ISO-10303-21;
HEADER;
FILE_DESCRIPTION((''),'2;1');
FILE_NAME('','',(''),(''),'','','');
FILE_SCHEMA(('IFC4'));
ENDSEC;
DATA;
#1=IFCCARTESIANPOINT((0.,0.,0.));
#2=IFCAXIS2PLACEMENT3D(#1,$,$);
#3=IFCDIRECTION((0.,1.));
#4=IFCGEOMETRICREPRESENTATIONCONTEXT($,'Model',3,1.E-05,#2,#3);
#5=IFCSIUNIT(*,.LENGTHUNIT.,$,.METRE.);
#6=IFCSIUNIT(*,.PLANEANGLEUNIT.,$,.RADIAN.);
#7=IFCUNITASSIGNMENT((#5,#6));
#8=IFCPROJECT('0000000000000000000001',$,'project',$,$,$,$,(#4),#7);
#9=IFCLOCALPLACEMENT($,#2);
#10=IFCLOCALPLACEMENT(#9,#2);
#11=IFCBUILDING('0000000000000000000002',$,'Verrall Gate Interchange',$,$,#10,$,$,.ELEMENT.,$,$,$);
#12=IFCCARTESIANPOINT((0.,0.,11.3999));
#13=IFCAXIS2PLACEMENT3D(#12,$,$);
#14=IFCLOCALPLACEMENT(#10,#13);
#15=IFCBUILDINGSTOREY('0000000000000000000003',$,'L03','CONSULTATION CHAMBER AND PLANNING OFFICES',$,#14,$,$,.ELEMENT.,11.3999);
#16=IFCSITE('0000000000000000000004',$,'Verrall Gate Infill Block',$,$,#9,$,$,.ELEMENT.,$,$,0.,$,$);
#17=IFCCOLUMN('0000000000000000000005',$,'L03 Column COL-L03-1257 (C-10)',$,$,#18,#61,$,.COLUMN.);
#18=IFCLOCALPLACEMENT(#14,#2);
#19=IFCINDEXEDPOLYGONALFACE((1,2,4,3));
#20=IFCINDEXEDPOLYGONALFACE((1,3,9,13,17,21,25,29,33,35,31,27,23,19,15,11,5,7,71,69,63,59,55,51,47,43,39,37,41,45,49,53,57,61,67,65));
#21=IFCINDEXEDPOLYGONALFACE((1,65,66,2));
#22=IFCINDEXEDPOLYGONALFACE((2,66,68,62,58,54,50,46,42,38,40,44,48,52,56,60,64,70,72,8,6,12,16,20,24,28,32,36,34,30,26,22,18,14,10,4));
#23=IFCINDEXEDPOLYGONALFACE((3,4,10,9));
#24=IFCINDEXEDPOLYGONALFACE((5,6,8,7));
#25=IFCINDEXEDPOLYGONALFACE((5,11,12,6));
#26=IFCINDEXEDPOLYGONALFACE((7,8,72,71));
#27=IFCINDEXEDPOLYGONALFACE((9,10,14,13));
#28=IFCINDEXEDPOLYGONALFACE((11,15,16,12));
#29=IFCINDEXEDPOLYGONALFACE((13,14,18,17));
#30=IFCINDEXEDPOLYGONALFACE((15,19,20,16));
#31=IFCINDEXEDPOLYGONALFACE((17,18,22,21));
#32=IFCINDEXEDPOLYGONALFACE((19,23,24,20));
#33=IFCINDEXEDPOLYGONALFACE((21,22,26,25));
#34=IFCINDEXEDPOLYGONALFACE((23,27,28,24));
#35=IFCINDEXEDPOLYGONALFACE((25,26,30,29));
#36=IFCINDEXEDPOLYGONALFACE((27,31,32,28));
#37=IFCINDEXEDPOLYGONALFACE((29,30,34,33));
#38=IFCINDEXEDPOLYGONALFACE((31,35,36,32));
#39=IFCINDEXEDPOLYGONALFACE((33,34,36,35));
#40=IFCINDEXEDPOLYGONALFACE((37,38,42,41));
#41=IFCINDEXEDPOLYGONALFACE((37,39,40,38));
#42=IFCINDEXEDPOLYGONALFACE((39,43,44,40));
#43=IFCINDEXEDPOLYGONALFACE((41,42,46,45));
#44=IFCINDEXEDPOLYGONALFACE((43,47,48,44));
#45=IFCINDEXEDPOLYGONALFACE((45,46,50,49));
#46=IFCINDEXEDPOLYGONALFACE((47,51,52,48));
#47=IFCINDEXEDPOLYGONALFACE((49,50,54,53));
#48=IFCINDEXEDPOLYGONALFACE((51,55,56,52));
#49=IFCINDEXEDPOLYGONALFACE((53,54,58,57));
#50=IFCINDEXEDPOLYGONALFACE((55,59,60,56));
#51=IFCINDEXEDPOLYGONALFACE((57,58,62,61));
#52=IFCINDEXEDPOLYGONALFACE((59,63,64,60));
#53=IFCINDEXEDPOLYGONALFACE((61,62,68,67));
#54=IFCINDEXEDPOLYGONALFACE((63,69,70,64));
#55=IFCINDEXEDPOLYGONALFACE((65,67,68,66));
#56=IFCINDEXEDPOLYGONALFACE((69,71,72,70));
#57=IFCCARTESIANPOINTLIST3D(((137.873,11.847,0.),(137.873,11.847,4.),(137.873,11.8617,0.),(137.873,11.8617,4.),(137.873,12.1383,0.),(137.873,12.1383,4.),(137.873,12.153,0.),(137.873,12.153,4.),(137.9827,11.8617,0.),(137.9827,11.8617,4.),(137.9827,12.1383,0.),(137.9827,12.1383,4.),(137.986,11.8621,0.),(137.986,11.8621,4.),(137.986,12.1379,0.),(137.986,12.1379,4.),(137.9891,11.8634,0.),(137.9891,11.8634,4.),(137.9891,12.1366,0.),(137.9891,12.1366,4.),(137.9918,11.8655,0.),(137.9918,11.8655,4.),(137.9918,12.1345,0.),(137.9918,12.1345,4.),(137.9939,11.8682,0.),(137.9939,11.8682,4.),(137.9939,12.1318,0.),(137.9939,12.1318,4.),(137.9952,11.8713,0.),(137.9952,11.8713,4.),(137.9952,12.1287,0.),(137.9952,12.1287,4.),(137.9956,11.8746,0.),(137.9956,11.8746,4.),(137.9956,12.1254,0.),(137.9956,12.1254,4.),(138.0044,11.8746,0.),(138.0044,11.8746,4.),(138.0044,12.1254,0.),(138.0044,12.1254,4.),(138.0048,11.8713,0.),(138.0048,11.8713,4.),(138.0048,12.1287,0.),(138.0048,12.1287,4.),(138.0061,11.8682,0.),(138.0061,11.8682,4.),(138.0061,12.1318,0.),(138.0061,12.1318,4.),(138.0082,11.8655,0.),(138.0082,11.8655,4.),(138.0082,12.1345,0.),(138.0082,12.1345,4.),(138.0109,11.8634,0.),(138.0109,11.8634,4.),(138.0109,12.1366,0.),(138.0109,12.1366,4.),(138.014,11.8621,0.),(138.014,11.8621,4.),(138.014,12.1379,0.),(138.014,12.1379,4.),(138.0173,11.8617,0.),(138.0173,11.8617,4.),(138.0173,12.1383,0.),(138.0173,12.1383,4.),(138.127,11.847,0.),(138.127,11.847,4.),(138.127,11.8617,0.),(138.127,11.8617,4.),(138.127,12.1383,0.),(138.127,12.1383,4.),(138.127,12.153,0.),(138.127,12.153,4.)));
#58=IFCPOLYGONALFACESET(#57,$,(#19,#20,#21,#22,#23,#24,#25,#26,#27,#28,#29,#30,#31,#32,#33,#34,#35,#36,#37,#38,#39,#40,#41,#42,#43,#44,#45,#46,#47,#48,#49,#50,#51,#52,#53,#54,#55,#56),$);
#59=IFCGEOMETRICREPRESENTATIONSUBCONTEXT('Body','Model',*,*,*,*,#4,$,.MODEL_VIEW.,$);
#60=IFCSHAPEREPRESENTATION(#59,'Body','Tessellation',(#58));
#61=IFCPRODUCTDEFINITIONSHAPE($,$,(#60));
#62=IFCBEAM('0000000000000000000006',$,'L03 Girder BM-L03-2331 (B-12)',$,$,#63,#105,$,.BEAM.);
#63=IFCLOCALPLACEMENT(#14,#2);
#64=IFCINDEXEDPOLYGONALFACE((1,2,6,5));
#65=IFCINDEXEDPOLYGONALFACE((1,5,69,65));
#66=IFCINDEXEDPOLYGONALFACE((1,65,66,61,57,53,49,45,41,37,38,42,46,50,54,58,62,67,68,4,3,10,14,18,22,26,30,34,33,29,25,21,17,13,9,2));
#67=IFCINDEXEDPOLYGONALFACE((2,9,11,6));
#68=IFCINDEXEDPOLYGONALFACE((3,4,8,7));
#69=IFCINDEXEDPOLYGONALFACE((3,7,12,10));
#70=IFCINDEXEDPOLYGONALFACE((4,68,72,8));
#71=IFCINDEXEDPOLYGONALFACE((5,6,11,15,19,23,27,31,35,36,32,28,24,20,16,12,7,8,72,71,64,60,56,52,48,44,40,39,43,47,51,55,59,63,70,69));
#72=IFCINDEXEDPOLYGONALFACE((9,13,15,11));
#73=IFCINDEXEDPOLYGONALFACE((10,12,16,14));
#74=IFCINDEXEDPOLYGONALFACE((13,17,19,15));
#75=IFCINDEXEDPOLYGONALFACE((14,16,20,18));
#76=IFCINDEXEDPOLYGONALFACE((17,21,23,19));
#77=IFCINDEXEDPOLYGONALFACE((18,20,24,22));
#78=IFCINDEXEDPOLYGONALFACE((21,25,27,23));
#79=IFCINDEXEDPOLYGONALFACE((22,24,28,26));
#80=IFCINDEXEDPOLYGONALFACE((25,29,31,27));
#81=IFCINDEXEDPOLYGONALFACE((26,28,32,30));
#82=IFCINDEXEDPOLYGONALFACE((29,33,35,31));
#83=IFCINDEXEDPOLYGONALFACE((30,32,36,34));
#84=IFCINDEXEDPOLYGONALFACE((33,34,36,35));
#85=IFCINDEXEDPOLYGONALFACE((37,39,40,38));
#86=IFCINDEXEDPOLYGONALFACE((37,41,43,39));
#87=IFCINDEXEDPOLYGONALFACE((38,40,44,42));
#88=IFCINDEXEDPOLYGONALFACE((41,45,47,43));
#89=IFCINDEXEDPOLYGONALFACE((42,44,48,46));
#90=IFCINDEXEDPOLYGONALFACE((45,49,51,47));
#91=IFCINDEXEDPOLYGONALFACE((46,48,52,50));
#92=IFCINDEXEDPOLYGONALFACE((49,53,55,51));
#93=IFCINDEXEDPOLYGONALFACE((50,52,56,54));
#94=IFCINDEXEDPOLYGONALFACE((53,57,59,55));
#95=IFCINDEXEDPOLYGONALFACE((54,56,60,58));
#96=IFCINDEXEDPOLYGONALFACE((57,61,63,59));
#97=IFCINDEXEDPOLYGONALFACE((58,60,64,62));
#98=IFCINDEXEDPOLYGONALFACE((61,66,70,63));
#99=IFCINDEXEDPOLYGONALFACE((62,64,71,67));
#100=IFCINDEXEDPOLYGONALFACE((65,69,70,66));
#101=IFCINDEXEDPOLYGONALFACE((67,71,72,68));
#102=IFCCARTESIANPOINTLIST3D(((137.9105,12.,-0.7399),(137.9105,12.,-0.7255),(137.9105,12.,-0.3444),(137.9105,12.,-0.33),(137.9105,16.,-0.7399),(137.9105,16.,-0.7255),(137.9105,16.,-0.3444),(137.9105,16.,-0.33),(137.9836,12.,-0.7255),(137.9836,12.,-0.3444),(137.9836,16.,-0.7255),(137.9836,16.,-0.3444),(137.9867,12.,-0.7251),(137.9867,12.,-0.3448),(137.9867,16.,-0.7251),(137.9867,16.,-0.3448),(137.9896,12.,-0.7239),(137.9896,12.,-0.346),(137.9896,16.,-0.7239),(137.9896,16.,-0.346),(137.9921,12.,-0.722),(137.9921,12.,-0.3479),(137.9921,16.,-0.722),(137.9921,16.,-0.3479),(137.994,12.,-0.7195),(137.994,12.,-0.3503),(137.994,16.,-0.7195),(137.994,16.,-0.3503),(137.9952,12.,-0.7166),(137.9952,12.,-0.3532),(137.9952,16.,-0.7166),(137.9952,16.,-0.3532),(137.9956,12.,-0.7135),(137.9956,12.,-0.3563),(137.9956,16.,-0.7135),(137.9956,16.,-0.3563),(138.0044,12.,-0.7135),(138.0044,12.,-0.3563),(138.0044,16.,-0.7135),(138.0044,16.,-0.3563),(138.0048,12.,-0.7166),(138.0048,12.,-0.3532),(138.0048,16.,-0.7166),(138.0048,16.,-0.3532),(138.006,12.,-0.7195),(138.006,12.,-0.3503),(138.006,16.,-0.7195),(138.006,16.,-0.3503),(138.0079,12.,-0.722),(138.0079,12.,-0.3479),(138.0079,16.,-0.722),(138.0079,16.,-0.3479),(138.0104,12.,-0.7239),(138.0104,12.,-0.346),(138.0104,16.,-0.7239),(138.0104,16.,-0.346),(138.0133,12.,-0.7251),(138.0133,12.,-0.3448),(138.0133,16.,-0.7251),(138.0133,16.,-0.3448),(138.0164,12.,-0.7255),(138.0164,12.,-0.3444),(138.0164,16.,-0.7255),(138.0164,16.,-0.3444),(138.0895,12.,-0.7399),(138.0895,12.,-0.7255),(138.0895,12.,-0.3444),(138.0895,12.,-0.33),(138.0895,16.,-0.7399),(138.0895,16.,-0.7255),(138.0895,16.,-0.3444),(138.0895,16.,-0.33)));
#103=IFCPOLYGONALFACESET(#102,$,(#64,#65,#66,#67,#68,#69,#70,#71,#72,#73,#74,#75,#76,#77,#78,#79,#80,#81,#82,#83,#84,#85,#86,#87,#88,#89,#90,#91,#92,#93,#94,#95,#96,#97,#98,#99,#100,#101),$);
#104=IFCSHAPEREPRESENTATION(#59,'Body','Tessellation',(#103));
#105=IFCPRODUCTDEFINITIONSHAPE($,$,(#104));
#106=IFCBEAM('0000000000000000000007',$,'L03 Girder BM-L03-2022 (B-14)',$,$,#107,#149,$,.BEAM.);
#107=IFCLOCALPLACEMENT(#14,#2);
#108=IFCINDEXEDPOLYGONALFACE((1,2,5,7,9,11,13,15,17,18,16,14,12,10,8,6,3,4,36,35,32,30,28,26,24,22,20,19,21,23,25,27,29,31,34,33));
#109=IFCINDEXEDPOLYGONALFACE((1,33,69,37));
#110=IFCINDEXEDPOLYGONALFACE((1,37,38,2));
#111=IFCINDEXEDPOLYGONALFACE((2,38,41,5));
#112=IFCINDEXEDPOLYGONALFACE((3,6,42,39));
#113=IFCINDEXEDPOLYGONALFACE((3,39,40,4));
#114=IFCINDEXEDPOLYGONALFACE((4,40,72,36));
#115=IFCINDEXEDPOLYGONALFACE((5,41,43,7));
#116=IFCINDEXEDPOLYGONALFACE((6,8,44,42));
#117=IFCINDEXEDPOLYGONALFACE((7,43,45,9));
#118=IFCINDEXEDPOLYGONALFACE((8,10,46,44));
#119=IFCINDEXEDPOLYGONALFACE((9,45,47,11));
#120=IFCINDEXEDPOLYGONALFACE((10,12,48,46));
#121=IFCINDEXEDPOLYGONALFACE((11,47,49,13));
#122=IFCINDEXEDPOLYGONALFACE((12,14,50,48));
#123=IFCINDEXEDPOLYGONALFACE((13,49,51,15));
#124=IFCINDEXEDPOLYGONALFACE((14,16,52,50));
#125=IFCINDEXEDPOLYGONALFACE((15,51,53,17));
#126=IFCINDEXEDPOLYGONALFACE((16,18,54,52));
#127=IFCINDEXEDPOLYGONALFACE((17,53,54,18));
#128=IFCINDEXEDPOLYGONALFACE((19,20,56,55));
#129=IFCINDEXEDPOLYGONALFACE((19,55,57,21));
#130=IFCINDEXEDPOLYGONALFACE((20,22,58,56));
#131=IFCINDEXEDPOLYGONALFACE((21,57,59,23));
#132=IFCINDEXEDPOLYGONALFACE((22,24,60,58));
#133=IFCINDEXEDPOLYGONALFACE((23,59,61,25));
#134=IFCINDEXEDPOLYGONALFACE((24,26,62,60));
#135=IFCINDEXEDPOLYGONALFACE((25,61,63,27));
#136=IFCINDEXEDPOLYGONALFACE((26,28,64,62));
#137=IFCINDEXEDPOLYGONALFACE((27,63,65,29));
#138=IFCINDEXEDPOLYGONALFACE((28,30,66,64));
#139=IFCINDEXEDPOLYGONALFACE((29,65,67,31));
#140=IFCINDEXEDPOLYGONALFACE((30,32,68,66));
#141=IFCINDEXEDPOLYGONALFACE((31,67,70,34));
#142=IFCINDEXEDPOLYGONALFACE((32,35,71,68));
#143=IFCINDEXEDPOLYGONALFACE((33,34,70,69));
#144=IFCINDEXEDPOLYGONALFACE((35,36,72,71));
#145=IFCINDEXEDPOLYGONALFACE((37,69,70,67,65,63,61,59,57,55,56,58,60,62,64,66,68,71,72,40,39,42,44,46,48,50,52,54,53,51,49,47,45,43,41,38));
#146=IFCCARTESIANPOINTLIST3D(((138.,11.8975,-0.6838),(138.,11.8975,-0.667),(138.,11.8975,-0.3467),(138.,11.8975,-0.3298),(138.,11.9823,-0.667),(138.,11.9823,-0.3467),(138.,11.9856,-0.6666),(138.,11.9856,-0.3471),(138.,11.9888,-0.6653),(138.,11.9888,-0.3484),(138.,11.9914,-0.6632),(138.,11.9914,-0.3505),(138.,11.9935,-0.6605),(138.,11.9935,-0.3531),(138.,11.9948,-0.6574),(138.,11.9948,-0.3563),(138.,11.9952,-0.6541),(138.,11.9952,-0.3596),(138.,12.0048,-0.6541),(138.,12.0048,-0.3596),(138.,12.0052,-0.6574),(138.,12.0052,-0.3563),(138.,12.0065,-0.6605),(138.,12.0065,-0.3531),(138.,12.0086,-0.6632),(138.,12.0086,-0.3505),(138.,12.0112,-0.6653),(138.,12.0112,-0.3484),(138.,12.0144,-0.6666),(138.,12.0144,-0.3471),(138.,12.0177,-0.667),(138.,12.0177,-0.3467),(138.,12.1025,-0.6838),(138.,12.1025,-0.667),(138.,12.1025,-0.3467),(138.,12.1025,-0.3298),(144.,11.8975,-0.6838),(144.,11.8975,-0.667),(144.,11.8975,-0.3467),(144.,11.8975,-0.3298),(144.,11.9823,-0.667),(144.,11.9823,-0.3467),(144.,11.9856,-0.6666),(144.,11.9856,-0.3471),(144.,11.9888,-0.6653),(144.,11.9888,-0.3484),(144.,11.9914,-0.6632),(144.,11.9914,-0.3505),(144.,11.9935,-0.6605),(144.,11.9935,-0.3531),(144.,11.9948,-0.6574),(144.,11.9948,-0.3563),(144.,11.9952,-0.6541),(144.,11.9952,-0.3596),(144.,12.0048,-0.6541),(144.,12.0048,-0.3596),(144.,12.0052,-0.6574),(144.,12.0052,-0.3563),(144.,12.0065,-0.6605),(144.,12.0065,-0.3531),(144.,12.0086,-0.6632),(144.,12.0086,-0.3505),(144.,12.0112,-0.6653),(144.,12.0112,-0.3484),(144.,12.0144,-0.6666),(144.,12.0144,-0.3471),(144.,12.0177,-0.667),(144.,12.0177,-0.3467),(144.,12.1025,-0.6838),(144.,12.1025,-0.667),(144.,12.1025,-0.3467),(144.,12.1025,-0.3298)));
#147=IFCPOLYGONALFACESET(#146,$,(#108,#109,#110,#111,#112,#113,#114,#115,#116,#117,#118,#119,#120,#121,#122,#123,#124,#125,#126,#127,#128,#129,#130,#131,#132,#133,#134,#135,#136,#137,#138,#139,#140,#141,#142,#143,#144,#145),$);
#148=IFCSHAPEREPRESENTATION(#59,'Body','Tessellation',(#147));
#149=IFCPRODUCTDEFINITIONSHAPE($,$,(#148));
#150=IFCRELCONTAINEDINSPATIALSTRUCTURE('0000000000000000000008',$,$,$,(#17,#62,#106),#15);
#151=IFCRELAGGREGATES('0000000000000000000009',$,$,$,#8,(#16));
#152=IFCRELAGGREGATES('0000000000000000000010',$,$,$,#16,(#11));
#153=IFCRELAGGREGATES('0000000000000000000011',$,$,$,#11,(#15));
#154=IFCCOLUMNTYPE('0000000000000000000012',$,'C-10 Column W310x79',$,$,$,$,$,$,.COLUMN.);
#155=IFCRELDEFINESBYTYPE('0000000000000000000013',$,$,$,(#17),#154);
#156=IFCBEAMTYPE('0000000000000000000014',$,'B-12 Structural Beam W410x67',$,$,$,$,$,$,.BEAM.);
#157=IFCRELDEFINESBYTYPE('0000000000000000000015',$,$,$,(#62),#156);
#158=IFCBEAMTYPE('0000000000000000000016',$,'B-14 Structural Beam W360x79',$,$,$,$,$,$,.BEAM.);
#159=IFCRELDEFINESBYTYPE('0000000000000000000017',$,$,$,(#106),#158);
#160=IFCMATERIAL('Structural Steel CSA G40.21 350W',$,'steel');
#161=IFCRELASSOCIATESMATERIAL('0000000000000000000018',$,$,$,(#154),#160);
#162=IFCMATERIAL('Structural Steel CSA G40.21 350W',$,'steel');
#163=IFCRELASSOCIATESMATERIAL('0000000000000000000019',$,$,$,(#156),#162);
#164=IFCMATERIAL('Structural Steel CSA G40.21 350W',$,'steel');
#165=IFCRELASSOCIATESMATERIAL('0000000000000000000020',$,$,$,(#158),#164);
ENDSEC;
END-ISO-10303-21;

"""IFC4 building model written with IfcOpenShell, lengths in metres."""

from ifc_helpers import new_model, si_unit, direction, frame, origin, origin_2d, place, context, subcontext, project, spatial, i_section, extrude, material, material_profile, profile_set, type_object, element, save


model = new_model("IFC4")

# Units and contexts
model_context = context("Model", 3, precision=1e-05, world=origin(), true_north=direction((0.0, 1.0)))
body_context = subcontext(model_context, "Body", "Model", "MODEL_VIEW")
ifc_project = project(units=[si_unit("LENGTHUNIT", "METRE"), si_unit("PLANEANGLEUNIT", "RADIAN")], contexts=[model_context])

# Site, building, storey
site_placement = place(None, origin())
site = spatial("IfcSite", under=ifc_project, at=site_placement, Name="Verrall Gate Infill Block", CompositionType="ELEMENT", RefElevation=0.0)
building_placement = place(site_placement, origin())
building = spatial("IfcBuilding", under=site, at=building_placement, Name="Verrall Gate Interchange", CompositionType="ELEMENT")
storey_placement = place(building_placement, frame((0.0, 0.0, 11.3999)))
storey = spatial("IfcBuildingStorey", under=building, at=storey_placement, Name="L03", Description="CONSULTATION CHAMBER AND PLANNING OFFICES", CompositionType="ELEMENT", Elevation=11.3999)

# Column
ifc_material_1 = material(Name="Structural Steel CSA G40.21 350W", Category="steel")
ifc_material_profile_1 = material_profile(ifc_material_1, i_section(OverallWidth=0.2539, OverallDepth=0.3059, WebThickness=0.0088, FlangeThickness=0.0146, FilletRadius=0.0129, at=origin_2d()), Name="W310x79")
ifc_profile_set_1 = profile_set([ifc_material_profile_1], Name="Structural Steel CSA G40.21 350W")
column_type = type_object("IfcColumnType", Name="C-10 Column W310x79", PredefinedType="COLUMN", material=ifc_profile_set_1)
column_placement = place(storey_placement, frame((138.0, 12.0, 0.0), z_axis=(0.0, 0.0, 1.0), x_axis=(1.0, 0.0, 0.0)))
element("IfcColumn", 1, at=column_placement, inside=storey, type_object=column_type, Name="L03 Column COL-L03-1257 (C-10)", PredefinedType="COLUMN", context=body_context, shape_type="SweptSolid", body=[
    extrude(i_section(OverallWidth=0.2539, OverallDepth=0.3059, WebThickness=0.0088, FlangeThickness=0.0146, FilletRadius=0.0129, at=origin_2d()), origin(), (0.0, 0.0, 1.0), 4.0),
])

# Beams
ifc_material_2 = material(Name="Structural Steel CSA G40.21 350W", Category="steel")
ifc_material_profile_2 = material_profile(ifc_material_2, i_section(OverallWidth=0.179, OverallDepth=0.4099, WebThickness=0.0088, FlangeThickness=0.0144, FilletRadius=0.012, at=origin_2d()), Name="W410x67")
ifc_profile_set_2 = profile_set([ifc_material_profile_2], Name="Structural Steel CSA G40.21 350W")
beam_type_1 = type_object("IfcBeamType", Name="B-12 Structural Beam W410x67", PredefinedType="BEAM", material=ifc_profile_set_2)
beam_1_placement = place(storey_placement, frame((138.0, 12.0, -0.5349), z_axis=(0.0, 1.0, 0.0), x_axis=(-1.0, 0.0, 0.0)))
element("IfcBeam", 2, at=beam_1_placement, inside=storey, type_object=beam_type_1, Name="L03 Girder BM-L03-2331 (B-12)", PredefinedType="BEAM", context=body_context, shape_type="SweptSolid", body=[
    extrude(i_section(OverallWidth=0.179, OverallDepth=0.4099, WebThickness=0.0088, FlangeThickness=0.0144, FilletRadius=0.012, at=origin_2d()), origin(), (0.0, 0.0, 1.0), 4.0),
])
ifc_material_3 = material(Name="Structural Steel CSA G40.21 350W", Category="steel")
ifc_material_profile_3 = material_profile(ifc_material_3, i_section(OverallWidth=0.2051, OverallDepth=0.354, WebThickness=0.0095, FlangeThickness=0.0168, FilletRadius=0.0129, at=origin_2d()), Name="W360x79")
ifc_profile_set_3 = profile_set([ifc_material_profile_3], Name="Structural Steel CSA G40.21 350W")
beam_type_2 = type_object("IfcBeamType", Name="B-14 Structural Beam W360x79", PredefinedType="BEAM", material=ifc_profile_set_3)
beam_2_placement = place(storey_placement, frame((138.0, 12.0, -0.5068), z_axis=(1.0, 0.0, 0.0), x_axis=(0.0, 1.0, 0.0)))
element("IfcBeam", 3, at=beam_2_placement, inside=storey, type_object=beam_type_2, Name="L03 Girder BM-L03-2022 (B-14)", PredefinedType="BEAM", context=body_context, shape_type="SweptSolid", body=[
    extrude(i_section(OverallWidth=0.2051, OverallDepth=0.354, WebThickness=0.0095, FlangeThickness=0.0168, FilletRadius=0.0129, at=origin_2d()), origin(), (0.0, 0.0, 1.0), 6.0),
])

save(model, "model.ifc")
